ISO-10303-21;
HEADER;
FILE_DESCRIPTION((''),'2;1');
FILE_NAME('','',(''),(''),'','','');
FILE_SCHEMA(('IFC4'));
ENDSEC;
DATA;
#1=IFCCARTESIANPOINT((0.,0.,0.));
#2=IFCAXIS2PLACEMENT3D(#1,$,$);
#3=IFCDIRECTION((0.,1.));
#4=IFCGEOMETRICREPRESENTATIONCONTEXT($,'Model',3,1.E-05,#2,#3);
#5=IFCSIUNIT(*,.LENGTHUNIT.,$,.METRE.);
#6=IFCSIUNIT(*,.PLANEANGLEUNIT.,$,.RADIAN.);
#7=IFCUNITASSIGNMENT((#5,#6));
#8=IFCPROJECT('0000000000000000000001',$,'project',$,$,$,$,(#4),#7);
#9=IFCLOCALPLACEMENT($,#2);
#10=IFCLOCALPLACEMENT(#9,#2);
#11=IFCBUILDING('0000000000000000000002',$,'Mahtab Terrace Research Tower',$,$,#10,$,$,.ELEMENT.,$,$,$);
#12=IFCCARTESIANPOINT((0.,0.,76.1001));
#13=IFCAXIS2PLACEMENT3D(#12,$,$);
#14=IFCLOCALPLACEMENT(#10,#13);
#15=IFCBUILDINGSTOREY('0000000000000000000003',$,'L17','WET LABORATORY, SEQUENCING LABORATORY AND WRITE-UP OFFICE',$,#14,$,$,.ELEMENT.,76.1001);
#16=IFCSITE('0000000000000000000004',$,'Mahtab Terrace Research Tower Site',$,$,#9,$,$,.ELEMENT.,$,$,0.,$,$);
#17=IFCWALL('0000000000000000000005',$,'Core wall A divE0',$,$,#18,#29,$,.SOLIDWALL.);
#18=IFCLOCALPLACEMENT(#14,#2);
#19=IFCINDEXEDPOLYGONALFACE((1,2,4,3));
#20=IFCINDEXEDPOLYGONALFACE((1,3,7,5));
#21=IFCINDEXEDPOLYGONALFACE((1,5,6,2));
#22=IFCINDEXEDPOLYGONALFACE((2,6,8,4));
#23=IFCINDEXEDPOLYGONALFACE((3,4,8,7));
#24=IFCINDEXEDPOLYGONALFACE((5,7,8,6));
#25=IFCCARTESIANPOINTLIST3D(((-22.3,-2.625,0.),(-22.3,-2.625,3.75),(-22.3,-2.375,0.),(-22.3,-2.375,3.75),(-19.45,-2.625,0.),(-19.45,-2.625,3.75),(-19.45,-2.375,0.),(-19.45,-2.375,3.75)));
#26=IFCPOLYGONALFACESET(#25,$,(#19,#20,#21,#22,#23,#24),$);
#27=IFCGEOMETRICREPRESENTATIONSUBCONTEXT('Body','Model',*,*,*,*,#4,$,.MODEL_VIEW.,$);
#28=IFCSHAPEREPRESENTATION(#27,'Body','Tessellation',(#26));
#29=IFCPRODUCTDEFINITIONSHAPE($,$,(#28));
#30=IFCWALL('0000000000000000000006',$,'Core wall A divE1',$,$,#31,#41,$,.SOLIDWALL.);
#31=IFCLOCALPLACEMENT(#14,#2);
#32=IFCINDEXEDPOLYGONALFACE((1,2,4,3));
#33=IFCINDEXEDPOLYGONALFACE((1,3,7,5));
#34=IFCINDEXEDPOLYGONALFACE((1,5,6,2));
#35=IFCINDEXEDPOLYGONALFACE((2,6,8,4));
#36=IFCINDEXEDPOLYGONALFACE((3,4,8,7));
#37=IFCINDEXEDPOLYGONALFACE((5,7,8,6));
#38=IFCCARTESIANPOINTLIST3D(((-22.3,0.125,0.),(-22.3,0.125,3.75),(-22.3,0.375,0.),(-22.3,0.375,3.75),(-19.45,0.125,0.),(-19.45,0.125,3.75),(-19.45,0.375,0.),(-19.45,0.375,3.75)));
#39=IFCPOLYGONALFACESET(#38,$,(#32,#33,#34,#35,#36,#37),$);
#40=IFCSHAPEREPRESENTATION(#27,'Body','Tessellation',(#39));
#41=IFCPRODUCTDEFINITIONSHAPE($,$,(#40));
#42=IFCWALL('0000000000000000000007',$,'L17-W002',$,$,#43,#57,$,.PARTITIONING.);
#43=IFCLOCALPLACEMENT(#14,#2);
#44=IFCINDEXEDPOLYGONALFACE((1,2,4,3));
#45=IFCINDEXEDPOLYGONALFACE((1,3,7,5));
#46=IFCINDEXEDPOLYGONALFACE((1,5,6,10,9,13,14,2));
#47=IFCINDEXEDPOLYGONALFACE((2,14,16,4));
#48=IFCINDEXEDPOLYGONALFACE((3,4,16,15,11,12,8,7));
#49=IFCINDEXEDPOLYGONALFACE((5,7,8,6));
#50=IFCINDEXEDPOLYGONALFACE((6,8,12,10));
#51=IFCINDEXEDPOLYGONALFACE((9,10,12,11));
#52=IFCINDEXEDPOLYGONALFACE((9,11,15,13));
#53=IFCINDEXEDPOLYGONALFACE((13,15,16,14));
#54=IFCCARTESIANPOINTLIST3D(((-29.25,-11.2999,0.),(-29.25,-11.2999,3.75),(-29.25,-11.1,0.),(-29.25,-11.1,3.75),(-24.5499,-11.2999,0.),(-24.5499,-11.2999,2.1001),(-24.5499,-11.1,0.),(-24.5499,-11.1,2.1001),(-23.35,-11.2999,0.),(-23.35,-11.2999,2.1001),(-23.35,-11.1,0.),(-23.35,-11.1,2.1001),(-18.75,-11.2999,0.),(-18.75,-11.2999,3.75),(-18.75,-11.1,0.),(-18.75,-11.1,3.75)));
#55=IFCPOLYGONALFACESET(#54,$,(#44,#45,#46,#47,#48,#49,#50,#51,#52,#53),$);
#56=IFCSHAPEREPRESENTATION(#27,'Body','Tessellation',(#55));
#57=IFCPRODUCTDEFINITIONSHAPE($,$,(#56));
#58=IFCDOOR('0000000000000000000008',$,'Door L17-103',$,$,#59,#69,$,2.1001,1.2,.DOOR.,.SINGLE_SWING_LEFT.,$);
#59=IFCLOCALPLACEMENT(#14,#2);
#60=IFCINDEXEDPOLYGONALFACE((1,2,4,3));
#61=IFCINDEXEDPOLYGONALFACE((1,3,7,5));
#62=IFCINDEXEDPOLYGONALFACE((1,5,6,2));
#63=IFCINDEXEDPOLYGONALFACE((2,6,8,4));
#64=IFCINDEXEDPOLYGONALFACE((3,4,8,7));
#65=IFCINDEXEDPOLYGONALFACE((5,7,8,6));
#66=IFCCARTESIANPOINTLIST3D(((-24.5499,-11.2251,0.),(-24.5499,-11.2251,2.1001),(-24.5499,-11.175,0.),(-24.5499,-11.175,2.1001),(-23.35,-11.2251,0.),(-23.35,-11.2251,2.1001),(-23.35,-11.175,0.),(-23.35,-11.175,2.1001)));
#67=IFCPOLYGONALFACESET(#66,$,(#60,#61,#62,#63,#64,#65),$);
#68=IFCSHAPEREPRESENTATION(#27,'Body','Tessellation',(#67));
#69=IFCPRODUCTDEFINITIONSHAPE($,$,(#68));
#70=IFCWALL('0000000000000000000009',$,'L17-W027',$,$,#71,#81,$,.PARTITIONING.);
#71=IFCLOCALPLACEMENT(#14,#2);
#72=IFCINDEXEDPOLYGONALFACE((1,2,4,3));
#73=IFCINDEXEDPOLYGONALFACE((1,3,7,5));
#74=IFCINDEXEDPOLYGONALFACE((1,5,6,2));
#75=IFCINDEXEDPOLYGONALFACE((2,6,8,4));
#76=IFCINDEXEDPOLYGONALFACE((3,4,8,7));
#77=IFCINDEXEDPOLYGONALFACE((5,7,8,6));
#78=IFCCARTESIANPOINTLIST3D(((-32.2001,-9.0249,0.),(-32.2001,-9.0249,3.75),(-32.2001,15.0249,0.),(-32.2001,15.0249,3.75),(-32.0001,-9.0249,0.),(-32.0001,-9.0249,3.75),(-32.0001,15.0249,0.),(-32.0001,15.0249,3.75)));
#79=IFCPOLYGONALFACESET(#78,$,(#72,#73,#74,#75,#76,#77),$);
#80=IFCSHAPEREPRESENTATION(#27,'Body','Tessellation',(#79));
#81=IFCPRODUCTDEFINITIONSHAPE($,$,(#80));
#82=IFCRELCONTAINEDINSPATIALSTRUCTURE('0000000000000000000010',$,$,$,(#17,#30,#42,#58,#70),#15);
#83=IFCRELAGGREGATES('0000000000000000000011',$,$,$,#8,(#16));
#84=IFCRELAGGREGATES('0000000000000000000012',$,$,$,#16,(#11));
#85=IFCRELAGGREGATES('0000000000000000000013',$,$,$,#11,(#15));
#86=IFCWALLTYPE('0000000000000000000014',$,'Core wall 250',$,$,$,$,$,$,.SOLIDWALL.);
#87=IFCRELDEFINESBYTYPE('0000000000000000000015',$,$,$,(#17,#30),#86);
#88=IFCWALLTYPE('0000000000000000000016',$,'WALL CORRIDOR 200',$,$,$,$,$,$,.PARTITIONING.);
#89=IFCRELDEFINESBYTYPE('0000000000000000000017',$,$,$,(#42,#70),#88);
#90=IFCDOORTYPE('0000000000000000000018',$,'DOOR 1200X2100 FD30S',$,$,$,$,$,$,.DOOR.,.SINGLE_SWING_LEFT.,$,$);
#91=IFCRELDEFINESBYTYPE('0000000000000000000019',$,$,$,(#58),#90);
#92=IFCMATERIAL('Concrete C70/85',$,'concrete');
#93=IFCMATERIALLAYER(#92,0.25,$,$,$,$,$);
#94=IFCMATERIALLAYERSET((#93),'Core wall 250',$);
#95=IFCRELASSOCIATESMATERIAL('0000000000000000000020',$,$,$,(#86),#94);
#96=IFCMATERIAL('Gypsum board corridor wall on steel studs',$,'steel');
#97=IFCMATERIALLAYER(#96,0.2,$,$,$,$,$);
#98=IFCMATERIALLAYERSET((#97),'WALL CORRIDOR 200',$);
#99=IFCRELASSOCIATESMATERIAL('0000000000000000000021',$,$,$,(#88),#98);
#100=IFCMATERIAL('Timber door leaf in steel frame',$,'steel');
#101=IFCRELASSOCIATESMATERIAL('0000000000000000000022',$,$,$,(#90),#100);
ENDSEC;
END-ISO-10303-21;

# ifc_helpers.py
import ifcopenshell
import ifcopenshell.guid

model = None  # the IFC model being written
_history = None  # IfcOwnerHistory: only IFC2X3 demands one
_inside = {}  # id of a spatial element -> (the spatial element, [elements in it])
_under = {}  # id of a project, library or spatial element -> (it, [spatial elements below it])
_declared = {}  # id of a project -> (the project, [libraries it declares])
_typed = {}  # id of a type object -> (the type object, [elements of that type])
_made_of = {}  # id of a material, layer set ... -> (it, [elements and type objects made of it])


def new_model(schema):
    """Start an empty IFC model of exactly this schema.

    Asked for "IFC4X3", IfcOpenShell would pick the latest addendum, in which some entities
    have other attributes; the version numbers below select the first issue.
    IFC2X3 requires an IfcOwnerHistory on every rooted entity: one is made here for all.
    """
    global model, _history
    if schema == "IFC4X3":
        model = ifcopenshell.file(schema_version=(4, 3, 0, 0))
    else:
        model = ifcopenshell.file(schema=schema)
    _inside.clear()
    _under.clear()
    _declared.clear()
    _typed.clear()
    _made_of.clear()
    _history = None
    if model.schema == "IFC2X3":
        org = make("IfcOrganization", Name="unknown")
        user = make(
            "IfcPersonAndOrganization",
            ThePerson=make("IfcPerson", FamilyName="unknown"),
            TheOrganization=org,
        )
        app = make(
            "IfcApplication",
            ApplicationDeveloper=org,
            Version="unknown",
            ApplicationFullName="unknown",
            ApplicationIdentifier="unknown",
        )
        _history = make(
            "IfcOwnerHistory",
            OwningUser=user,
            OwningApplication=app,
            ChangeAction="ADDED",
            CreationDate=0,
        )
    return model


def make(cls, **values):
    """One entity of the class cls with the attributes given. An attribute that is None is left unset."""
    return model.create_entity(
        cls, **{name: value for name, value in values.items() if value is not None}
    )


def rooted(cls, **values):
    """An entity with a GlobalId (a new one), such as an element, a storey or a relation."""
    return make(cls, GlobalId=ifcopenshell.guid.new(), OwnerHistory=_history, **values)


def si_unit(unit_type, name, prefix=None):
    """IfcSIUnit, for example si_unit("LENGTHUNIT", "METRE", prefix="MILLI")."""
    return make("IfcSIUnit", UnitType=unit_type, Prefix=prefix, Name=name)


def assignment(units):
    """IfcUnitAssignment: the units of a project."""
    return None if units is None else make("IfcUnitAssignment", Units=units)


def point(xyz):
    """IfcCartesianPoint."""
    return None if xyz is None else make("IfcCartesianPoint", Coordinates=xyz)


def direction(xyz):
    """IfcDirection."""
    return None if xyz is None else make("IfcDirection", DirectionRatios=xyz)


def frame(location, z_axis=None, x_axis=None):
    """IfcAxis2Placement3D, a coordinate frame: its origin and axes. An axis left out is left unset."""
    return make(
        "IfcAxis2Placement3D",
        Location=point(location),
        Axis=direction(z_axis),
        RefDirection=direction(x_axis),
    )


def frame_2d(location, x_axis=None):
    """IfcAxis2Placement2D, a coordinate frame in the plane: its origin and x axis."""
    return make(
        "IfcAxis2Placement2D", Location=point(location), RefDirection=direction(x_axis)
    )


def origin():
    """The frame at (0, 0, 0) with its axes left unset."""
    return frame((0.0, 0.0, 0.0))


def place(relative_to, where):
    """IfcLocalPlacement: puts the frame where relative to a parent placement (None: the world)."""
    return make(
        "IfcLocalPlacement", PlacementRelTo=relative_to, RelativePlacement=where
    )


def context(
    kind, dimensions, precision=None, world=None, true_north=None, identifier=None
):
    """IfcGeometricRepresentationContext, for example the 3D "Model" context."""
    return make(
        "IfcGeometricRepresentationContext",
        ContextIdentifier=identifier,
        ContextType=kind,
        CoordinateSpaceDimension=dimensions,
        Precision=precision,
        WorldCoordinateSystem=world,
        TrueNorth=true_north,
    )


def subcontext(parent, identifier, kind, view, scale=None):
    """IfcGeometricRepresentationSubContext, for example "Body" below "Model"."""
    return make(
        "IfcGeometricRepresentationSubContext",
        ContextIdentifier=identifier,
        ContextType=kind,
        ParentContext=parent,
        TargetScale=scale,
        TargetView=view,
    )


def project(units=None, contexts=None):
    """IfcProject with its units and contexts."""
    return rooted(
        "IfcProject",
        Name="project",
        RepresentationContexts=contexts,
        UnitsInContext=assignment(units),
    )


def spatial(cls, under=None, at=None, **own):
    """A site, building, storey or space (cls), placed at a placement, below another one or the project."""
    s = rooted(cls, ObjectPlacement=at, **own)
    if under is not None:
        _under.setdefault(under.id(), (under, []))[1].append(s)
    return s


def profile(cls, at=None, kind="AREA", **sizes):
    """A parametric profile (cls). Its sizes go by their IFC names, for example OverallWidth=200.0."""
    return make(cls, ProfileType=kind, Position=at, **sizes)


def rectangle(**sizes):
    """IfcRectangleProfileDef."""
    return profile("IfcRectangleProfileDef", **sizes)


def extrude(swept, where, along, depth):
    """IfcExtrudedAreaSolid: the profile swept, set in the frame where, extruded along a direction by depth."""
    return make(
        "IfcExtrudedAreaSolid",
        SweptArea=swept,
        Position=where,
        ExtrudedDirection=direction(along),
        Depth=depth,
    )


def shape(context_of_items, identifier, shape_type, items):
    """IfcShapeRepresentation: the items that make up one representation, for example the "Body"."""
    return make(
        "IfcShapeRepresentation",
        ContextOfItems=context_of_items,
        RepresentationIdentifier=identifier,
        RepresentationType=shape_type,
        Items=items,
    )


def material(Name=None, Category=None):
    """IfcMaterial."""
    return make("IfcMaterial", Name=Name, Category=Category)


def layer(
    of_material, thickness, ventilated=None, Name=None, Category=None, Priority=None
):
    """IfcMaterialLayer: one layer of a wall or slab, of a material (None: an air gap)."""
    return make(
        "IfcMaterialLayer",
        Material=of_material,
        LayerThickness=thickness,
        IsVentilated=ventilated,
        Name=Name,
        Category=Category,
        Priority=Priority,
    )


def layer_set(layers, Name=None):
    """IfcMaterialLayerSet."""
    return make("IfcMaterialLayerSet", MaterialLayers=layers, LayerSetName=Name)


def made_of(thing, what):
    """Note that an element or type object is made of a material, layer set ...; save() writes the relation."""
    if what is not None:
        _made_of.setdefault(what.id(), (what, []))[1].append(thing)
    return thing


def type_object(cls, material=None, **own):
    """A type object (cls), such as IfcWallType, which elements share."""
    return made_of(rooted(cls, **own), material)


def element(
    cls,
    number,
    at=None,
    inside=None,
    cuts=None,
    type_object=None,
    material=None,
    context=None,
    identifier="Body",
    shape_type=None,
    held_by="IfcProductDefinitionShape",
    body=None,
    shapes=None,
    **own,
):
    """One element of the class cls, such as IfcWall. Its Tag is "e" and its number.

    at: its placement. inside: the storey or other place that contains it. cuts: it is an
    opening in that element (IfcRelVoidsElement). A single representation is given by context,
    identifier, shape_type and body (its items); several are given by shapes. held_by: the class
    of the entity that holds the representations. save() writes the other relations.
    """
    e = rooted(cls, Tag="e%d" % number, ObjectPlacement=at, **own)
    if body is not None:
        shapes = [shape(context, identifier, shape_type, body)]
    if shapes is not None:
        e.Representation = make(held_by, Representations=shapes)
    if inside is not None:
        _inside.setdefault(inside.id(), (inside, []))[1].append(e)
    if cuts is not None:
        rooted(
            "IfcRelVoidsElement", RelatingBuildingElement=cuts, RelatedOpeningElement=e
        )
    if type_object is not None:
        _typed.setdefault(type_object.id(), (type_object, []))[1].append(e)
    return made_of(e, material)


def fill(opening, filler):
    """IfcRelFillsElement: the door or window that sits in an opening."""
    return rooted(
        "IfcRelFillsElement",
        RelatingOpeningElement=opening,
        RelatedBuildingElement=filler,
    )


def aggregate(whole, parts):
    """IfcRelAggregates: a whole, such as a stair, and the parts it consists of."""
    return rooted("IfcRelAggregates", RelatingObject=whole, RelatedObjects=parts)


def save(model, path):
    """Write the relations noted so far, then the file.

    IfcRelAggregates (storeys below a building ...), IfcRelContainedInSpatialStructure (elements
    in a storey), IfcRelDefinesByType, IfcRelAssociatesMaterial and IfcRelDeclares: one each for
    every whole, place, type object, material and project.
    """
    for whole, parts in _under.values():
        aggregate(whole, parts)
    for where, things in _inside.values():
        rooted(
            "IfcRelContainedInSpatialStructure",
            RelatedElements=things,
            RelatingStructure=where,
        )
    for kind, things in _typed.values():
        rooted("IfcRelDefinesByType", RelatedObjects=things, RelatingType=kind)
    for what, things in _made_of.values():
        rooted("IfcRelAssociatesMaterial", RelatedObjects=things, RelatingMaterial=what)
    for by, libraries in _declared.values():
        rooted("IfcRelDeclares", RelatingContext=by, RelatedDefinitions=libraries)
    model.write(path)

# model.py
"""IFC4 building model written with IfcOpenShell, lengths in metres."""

from ifc_helpers import new_model, si_unit, direction, frame, frame_2d, origin, place, context, subcontext, project, spatial, rectangle, extrude, material, layer, layer_set, type_object, element, fill, save


model = new_model("IFC4")

# Units and contexts
model_context = context("Model", 3, precision=1e-05, world=origin(), true_north=direction((0.0, 1.0)))
body_context = subcontext(model_context, "Body", "Model", "MODEL_VIEW")
ifc_project = project(units=[si_unit("LENGTHUNIT", "METRE"), si_unit("PLANEANGLEUNIT", "RADIAN")], contexts=[model_context])

# Site, building, storey
site_placement = place(None, origin())
site = spatial("IfcSite", under=ifc_project, at=site_placement, Name="Mahtab Terrace Research Tower Site", CompositionType="ELEMENT", RefElevation=0.0)
building_placement = place(site_placement, origin())
building = spatial("IfcBuilding", under=site, at=building_placement, Name="Mahtab Terrace Research Tower", CompositionType="ELEMENT")
storey_placement = place(building_placement, frame((0.0, 0.0, 76.1001)))
storey = spatial("IfcBuildingStorey", under=building, at=storey_placement, Name="L17", Description="WET LABORATORY, SEQUENCING LABORATORY AND WRITE-UP OFFICE", CompositionType="ELEMENT", Elevation=76.1001)

# Shared definitions
ifc_material_1 = material(Name="Concrete C70/85", Category="concrete")

# Shared definitions
ifc_layer_1 = layer(ifc_material_1, 0.25)
ifc_layer_set_1 = layer_set([ifc_layer_1], Name="Core wall 250")
wall_type_1 = type_object("IfcWallType", Name="Core wall 250", PredefinedType="SOLIDWALL", material=ifc_layer_set_1)

# Walls
for number, where, z_axis, x_axis, name in (
    (1, (-22.3, -2.5, 0.0), (0.0, 0.0, 1.0), (1.0, 0.0, 0.0), "Core wall A divE0"),
    (2, (-22.3, 0.25, 0.0), (0.0, 0.0, 1.0), (1.0, 0.0, 0.0), "Core wall A divE1"),
):
    element("IfcWall", number, at=place(storey_placement, frame(where, z_axis=z_axis, x_axis=x_axis)), inside=storey, type_object=wall_type_1, Name=name, PredefinedType="SOLIDWALL", context=body_context, shape_type="SweptSolid", body=[
        extrude(rectangle(XDim=2.8501, YDim=0.25, at=frame_2d((1.425, 0.0))), origin(), (0.0, 0.0, 1.0), 3.75),
    ])

# Wall, opening, door
ifc_material_2 = material(Name="Gypsum board corridor wall on steel studs", Category="steel")
ifc_layer_2 = layer(ifc_material_2, 0.2)
ifc_layer_set_2 = layer_set([ifc_layer_2], Name="WALL CORRIDOR 200")
wall_type_2 = type_object("IfcWallType", Name="WALL CORRIDOR 200", PredefinedType="PARTITIONING", material=ifc_layer_set_2)
wall_1_placement = place(storey_placement, frame((-29.25, -11.2, 0.0), z_axis=(0.0, 0.0, 1.0), x_axis=(1.0, 0.0, 0.0)))
wall_1 = element("IfcWall", 3, at=wall_1_placement, inside=storey, type_object=wall_type_2, Name="L17-W002", PredefinedType="PARTITIONING", context=body_context, shape_type="SweptSolid", body=[
    extrude(rectangle(XDim=10.5, YDim=0.2, at=frame_2d((5.25, 0.0))), origin(), (0.0, 0.0, 1.0), 3.75),
])
opening_1_placement = place(wall_1_placement, frame((4.7, 0.0, 0.0)))
opening_1 = element("IfcOpeningElement", 4, at=opening_1_placement, cuts=wall_1, PredefinedType="OPENING", context=body_context, shape_type="SweptSolid", body=[
    extrude(rectangle(XDim=1.2, YDim=2.1001, at=frame_2d((0.6001, 1.05))), frame((0.0, 0.1099, 0.0), z_axis=(0.0, -1.0, 0.0), x_axis=(1.0, 0.0, 0.0)), (0.0, 0.0, 1.0), 0.22),
])
ifc_material_3 = material(Name="Timber door leaf in steel frame", Category="steel")
door_type_1 = type_object("IfcDoorType", Name="DOOR 1200X2100 FD30S", OperationType="SINGLE_SWING_LEFT", PredefinedType="DOOR", material=ifc_material_3)
door_1_placement = place(opening_1_placement, origin())
door_1 = element("IfcDoor", 5, at=door_1_placement, inside=storey, type_object=door_type_1, Name="Door L17-103", OperationType="SINGLE_SWING_LEFT", OverallHeight=2.1001, OverallWidth=1.2, PredefinedType="DOOR", context=body_context, shape_type="SweptSolid", body=[
    extrude(rectangle(XDim=1.2, YDim=2.1001, at=frame_2d((0.6001, 1.05))), frame((0.0, 0.0249, 0.0), z_axis=(0.0, -1.0, 0.0), x_axis=(1.0, 0.0, 0.0)), (0.0, 0.0, 1.0), 0.05),
])
fill(opening_1, door_1)

# Wall
wall_2_placement = place(storey_placement, frame((-32.1001, -9.0249, 0.0), z_axis=(0.0, 0.0, 1.0), x_axis=(0.0, 1.0, 0.0)))
element("IfcWall", 6, at=wall_2_placement, inside=storey, type_object=wall_type_2, Name="L17-W027", PredefinedType="PARTITIONING", context=body_context, shape_type="SweptSolid", body=[
    extrude(rectangle(XDim=24.0498, YDim=0.2, at=frame_2d((12.0249, 0.0))), origin(), (0.0, 0.0, 1.0), 3.75),
])

save(model, "model.ifc")
